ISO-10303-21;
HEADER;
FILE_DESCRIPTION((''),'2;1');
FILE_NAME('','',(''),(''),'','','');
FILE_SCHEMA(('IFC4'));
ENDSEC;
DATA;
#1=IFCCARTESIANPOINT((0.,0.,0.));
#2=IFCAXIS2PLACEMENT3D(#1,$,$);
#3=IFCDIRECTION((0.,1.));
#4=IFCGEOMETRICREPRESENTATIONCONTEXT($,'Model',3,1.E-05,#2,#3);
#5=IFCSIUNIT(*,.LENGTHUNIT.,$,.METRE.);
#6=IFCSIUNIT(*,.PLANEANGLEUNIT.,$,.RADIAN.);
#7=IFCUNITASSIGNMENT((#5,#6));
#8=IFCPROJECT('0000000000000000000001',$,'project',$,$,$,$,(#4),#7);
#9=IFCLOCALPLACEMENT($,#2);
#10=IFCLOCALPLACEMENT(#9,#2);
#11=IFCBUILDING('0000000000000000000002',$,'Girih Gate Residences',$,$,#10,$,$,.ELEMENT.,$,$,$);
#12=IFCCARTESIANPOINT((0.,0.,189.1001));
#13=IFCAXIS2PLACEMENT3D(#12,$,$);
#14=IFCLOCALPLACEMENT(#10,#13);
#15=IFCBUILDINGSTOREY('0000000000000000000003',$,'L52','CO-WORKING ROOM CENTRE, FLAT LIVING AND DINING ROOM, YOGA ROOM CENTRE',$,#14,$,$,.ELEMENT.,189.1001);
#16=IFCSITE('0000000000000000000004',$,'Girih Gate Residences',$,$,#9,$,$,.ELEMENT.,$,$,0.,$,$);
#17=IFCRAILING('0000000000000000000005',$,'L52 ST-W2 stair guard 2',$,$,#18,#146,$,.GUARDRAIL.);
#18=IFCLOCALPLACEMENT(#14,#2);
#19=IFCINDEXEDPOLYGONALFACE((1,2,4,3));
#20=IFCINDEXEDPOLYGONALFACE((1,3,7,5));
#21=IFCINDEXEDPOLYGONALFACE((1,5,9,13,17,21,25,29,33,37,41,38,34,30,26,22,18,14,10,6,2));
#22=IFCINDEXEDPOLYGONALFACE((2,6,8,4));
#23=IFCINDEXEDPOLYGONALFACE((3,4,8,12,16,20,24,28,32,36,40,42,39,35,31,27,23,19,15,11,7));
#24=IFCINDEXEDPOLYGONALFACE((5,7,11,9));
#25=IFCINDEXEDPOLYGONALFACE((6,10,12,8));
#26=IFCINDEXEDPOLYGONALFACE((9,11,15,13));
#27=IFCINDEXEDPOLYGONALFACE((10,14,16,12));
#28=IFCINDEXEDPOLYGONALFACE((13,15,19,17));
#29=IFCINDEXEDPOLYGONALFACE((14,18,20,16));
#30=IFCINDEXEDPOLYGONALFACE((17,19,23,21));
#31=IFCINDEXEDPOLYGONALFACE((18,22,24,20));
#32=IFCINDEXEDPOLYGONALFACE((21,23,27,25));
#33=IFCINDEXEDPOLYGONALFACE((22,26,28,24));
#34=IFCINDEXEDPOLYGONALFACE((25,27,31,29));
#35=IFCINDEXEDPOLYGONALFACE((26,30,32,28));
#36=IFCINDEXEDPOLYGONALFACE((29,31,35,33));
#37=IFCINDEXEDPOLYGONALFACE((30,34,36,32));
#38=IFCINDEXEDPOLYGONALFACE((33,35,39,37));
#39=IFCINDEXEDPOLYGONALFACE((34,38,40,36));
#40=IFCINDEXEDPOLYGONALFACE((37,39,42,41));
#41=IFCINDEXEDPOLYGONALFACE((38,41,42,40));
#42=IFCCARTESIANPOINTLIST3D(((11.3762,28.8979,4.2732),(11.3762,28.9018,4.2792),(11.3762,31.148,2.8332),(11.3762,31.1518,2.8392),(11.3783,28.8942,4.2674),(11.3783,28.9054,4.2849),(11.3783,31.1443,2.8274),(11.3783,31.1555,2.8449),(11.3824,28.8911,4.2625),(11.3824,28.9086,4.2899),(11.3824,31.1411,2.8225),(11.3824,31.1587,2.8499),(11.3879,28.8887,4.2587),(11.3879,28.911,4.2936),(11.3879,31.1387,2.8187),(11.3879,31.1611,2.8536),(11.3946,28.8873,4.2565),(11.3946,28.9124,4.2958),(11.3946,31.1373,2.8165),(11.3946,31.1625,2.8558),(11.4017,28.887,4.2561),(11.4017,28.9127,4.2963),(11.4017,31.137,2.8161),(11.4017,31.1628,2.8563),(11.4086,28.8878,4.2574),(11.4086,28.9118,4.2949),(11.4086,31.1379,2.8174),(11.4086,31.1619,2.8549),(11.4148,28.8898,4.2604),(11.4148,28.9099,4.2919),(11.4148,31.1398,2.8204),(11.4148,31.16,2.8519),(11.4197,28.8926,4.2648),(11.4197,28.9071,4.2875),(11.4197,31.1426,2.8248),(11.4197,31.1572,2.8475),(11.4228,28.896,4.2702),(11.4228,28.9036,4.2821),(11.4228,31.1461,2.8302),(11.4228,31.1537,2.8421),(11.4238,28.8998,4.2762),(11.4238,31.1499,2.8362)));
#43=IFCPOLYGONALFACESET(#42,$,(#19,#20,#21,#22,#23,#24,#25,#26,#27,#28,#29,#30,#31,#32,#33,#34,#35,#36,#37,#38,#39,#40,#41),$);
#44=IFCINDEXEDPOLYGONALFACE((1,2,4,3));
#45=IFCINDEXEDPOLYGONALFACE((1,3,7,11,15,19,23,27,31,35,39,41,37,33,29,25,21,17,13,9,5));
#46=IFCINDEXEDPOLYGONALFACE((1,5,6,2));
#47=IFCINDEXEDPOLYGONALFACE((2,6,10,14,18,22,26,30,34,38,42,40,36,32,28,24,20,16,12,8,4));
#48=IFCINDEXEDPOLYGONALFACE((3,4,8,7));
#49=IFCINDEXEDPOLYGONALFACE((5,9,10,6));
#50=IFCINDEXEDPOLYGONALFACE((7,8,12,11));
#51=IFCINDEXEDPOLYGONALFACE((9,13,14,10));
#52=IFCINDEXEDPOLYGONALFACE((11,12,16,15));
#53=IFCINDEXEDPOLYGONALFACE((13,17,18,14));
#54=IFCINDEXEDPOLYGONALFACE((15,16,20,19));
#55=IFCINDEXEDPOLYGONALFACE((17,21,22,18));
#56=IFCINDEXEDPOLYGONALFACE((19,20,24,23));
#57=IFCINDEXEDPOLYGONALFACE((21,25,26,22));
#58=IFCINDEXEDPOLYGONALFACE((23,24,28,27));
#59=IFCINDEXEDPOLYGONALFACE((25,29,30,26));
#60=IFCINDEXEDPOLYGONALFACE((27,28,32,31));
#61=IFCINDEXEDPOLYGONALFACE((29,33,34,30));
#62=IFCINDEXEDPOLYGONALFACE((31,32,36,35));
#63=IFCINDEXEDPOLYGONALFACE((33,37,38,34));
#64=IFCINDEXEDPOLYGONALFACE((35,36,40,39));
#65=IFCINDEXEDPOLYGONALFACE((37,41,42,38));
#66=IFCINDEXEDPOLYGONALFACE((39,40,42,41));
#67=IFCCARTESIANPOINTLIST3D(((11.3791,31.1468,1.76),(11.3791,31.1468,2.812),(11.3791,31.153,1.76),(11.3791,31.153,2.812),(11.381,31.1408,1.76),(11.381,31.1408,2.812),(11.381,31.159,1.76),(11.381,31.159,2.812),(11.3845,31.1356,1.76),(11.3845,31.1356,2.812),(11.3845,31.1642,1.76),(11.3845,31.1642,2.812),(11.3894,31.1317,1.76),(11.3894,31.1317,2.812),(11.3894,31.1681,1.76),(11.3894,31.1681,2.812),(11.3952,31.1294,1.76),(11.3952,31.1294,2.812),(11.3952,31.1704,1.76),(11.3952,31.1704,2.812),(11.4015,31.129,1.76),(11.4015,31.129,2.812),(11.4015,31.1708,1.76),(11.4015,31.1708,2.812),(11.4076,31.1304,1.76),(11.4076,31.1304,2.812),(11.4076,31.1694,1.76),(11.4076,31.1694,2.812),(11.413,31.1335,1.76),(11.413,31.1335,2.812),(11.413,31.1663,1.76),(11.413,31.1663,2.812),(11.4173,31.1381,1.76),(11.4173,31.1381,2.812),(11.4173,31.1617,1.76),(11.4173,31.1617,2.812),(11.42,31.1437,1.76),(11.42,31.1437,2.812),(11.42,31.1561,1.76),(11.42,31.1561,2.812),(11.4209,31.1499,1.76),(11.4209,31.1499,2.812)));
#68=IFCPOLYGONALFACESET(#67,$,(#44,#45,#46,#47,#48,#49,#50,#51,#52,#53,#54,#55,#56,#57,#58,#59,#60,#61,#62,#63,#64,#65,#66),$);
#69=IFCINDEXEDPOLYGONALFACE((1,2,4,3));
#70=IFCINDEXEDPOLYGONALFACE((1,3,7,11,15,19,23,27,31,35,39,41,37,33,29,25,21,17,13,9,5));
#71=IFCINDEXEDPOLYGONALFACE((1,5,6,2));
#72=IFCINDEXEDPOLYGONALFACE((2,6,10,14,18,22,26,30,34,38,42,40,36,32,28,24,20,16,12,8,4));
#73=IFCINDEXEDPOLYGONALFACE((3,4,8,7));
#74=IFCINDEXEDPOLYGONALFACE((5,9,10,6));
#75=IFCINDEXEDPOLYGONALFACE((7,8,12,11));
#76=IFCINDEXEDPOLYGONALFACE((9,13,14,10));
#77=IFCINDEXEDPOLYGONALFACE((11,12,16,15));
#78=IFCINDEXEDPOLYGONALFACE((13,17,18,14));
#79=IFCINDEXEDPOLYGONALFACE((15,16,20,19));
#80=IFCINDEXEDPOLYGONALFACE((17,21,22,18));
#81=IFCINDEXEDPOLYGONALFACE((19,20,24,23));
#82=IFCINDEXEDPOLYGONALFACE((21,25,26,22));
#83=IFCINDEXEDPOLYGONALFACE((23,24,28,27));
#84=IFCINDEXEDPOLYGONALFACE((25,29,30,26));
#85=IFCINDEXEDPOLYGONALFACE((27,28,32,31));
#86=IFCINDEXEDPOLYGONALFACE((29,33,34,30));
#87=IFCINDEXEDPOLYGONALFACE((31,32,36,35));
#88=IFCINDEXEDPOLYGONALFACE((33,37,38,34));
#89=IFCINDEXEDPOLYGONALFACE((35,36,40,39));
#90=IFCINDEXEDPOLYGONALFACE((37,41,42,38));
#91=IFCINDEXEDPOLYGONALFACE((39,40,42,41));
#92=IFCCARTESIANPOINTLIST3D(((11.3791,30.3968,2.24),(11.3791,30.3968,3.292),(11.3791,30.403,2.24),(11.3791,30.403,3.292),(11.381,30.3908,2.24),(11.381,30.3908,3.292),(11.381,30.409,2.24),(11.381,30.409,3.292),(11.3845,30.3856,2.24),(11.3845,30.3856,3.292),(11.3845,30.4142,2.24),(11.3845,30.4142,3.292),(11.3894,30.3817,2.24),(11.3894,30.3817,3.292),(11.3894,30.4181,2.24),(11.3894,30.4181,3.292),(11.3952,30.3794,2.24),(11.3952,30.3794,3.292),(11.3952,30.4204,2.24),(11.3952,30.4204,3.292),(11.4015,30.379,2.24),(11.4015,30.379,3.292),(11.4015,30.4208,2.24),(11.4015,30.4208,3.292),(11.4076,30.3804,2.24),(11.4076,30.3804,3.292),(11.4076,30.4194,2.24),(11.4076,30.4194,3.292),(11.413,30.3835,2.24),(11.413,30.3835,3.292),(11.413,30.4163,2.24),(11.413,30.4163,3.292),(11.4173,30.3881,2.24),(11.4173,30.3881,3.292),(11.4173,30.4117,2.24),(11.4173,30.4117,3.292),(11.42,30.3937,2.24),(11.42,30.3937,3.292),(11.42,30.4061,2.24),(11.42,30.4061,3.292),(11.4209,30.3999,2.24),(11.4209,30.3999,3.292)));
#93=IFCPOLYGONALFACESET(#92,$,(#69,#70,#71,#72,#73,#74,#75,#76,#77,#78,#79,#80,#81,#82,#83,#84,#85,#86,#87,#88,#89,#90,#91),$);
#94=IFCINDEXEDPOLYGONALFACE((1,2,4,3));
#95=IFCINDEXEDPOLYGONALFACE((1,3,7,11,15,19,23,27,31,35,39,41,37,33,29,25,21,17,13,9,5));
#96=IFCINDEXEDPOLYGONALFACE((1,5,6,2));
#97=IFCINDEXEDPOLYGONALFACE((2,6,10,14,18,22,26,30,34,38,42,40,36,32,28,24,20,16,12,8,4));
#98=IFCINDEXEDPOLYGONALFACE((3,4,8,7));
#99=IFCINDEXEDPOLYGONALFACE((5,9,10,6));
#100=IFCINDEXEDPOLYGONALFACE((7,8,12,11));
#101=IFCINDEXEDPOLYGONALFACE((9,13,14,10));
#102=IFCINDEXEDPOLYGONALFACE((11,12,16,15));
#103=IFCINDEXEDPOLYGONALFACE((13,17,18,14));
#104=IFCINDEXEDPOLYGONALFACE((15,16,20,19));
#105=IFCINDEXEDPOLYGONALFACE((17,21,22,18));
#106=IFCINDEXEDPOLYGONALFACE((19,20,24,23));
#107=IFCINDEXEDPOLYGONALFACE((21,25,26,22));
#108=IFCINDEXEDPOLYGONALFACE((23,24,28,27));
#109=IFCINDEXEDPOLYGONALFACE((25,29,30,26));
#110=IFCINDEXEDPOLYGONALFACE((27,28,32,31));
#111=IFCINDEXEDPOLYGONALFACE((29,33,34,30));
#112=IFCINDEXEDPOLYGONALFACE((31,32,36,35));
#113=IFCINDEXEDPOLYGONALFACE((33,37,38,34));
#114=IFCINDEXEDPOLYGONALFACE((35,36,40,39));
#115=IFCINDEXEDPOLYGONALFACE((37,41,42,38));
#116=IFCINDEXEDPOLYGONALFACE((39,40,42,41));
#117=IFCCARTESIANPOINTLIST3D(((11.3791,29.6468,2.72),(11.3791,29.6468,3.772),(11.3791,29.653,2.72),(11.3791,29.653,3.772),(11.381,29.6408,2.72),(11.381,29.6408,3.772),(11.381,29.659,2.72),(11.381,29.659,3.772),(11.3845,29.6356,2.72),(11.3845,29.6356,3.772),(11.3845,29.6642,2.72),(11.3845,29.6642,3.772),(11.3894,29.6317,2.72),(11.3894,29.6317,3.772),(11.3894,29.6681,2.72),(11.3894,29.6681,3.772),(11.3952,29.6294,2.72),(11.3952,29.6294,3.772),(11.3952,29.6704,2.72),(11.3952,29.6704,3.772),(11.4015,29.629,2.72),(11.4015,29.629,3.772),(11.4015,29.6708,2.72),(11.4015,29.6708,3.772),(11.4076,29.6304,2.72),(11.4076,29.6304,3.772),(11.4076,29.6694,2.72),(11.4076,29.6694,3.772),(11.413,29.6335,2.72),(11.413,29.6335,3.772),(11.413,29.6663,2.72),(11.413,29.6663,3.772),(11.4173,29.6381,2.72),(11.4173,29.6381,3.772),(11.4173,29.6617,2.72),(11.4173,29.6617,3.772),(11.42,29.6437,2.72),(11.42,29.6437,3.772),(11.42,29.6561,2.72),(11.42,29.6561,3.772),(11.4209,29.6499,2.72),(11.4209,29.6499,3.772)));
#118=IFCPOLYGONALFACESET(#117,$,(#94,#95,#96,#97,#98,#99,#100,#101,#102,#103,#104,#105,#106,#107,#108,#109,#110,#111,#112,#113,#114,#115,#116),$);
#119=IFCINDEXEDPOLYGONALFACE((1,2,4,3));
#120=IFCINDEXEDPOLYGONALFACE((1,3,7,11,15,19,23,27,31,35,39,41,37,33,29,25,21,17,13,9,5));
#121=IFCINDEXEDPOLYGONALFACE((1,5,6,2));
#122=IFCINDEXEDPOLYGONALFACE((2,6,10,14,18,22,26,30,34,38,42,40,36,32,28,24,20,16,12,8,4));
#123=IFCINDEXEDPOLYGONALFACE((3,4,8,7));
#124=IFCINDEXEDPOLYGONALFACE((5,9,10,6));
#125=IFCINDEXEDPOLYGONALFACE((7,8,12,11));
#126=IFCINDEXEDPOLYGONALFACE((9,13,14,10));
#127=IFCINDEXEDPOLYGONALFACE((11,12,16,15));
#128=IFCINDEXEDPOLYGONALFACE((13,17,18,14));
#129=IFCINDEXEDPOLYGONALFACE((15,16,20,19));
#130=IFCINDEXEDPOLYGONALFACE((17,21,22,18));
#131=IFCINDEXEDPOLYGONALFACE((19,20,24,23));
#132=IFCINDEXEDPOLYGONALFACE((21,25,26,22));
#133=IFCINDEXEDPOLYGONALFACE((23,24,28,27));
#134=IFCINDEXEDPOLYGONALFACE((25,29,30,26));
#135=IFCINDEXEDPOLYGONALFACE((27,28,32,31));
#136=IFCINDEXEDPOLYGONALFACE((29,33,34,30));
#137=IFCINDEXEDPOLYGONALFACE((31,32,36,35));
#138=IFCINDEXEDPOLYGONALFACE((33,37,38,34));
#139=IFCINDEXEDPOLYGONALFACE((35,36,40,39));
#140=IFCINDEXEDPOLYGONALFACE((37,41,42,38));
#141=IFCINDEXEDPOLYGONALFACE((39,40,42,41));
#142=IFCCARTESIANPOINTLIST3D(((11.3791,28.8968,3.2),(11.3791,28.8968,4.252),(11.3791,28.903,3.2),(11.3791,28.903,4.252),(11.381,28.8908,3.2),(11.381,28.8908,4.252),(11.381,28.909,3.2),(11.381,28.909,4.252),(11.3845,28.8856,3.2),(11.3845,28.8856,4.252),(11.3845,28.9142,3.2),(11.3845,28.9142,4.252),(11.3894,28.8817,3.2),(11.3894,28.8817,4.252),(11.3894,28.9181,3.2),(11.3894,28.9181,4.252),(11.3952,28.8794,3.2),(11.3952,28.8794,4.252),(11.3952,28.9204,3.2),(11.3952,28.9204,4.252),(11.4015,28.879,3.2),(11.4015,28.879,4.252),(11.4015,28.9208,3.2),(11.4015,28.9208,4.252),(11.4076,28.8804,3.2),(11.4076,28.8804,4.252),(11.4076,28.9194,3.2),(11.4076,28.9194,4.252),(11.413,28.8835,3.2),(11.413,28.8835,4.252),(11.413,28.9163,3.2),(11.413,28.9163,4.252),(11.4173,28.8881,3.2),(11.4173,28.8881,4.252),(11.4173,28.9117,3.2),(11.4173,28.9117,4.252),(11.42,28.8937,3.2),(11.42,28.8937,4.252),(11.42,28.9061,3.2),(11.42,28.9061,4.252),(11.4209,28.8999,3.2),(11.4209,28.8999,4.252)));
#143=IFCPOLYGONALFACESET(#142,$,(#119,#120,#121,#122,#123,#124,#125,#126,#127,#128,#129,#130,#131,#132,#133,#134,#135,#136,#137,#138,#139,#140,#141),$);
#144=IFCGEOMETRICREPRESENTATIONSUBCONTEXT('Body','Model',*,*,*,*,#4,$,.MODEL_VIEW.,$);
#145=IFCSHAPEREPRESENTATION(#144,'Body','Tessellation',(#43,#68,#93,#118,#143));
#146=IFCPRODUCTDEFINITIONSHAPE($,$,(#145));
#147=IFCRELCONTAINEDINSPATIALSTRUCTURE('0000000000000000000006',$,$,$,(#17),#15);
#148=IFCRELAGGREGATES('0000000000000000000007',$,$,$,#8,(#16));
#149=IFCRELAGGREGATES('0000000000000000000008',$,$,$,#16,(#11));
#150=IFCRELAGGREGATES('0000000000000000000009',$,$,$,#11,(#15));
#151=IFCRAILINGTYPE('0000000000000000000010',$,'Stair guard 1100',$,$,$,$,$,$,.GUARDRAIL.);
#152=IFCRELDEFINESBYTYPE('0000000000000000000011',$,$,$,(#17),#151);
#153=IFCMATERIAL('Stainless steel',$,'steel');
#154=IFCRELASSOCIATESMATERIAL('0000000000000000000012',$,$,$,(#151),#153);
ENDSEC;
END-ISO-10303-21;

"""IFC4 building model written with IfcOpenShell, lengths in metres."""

from ifc_helpers import new_model, si_unit, direction, frame, origin, origin_2d, place, context, subcontext, project, spatial, circle, extrude, material, type_object, element, save


model = new_model("IFC4")

# Units and contexts
model_context = context("Model", 3, precision=1e-05, world=origin(), true_north=direction((0.0, 1.0)))
body_context = subcontext(model_context, "Body", "Model", "MODEL_VIEW")
ifc_project = project(units=[si_unit("LENGTHUNIT", "METRE"), si_unit("PLANEANGLEUNIT", "RADIAN")], contexts=[model_context])

# Site, building, storey
site_placement = place(None, origin())
site = spatial("IfcSite", under=ifc_project, at=site_placement, Name="Girih Gate Residences", CompositionType="ELEMENT", RefElevation=0.0)
building_placement = place(site_placement, origin())
building = spatial("IfcBuilding", under=site, at=building_placement, Name="Girih Gate Residences", CompositionType="ELEMENT")
storey_placement = place(building_placement, frame((0.0, 0.0, 189.1001)))
storey = spatial("IfcBuildingStorey", under=building, at=storey_placement, Name="L52", Description="CO-WORKING ROOM CENTRE, FLAT LIVING AND DINING ROOM, YOGA ROOM CENTRE", CompositionType="ELEMENT", Elevation=189.1001)

# Railing
ifc_material_1 = material(Name="Stainless steel", Category="steel")
railing_type_1 = type_object("IfcRailingType", Name="Stair guard 1100", PredefinedType="GUARDRAIL", material=ifc_material_1)
railing_1_placement = place(storey_placement, frame((11.3999, 31.1499, 1.76)))
element("IfcRailing", 1, at=railing_1_placement, inside=storey, type_object=railing_type_1, Name="L52 ST-W2 stair guard 2", PredefinedType="GUARDRAIL", context=body_context, shape_type="SweptSolid", body=[
    extrude(circle(Radius=0.0239, at=origin_2d()), frame((0.0, 0.0, 1.0762), z_axis=(0.0, -0.842281, 0.539038), x_axis=(1.0, 0.0, 0.0)), (0.0, 0.0, 1.0), 2.6714),
    extrude(circle(Radius=0.021, at=origin_2d()), origin(), (0.0, 0.0, 1.0), 1.052),
    extrude(circle(Radius=0.021, at=origin_2d()), frame((0.0, -0.75, 0.48)), (0.0, 0.0, 1.0), 1.052),
    extrude(circle(Radius=0.021, at=origin_2d()), frame((0.0, -1.5, 0.96)), (0.0, 0.0, 1.0), 1.052),
    extrude(circle(Radius=0.021, at=origin_2d()), frame((0.0, -2.25, 1.4399)), (0.0, 0.0, 1.0), 1.052),
])

save(model, "model.ifc")
